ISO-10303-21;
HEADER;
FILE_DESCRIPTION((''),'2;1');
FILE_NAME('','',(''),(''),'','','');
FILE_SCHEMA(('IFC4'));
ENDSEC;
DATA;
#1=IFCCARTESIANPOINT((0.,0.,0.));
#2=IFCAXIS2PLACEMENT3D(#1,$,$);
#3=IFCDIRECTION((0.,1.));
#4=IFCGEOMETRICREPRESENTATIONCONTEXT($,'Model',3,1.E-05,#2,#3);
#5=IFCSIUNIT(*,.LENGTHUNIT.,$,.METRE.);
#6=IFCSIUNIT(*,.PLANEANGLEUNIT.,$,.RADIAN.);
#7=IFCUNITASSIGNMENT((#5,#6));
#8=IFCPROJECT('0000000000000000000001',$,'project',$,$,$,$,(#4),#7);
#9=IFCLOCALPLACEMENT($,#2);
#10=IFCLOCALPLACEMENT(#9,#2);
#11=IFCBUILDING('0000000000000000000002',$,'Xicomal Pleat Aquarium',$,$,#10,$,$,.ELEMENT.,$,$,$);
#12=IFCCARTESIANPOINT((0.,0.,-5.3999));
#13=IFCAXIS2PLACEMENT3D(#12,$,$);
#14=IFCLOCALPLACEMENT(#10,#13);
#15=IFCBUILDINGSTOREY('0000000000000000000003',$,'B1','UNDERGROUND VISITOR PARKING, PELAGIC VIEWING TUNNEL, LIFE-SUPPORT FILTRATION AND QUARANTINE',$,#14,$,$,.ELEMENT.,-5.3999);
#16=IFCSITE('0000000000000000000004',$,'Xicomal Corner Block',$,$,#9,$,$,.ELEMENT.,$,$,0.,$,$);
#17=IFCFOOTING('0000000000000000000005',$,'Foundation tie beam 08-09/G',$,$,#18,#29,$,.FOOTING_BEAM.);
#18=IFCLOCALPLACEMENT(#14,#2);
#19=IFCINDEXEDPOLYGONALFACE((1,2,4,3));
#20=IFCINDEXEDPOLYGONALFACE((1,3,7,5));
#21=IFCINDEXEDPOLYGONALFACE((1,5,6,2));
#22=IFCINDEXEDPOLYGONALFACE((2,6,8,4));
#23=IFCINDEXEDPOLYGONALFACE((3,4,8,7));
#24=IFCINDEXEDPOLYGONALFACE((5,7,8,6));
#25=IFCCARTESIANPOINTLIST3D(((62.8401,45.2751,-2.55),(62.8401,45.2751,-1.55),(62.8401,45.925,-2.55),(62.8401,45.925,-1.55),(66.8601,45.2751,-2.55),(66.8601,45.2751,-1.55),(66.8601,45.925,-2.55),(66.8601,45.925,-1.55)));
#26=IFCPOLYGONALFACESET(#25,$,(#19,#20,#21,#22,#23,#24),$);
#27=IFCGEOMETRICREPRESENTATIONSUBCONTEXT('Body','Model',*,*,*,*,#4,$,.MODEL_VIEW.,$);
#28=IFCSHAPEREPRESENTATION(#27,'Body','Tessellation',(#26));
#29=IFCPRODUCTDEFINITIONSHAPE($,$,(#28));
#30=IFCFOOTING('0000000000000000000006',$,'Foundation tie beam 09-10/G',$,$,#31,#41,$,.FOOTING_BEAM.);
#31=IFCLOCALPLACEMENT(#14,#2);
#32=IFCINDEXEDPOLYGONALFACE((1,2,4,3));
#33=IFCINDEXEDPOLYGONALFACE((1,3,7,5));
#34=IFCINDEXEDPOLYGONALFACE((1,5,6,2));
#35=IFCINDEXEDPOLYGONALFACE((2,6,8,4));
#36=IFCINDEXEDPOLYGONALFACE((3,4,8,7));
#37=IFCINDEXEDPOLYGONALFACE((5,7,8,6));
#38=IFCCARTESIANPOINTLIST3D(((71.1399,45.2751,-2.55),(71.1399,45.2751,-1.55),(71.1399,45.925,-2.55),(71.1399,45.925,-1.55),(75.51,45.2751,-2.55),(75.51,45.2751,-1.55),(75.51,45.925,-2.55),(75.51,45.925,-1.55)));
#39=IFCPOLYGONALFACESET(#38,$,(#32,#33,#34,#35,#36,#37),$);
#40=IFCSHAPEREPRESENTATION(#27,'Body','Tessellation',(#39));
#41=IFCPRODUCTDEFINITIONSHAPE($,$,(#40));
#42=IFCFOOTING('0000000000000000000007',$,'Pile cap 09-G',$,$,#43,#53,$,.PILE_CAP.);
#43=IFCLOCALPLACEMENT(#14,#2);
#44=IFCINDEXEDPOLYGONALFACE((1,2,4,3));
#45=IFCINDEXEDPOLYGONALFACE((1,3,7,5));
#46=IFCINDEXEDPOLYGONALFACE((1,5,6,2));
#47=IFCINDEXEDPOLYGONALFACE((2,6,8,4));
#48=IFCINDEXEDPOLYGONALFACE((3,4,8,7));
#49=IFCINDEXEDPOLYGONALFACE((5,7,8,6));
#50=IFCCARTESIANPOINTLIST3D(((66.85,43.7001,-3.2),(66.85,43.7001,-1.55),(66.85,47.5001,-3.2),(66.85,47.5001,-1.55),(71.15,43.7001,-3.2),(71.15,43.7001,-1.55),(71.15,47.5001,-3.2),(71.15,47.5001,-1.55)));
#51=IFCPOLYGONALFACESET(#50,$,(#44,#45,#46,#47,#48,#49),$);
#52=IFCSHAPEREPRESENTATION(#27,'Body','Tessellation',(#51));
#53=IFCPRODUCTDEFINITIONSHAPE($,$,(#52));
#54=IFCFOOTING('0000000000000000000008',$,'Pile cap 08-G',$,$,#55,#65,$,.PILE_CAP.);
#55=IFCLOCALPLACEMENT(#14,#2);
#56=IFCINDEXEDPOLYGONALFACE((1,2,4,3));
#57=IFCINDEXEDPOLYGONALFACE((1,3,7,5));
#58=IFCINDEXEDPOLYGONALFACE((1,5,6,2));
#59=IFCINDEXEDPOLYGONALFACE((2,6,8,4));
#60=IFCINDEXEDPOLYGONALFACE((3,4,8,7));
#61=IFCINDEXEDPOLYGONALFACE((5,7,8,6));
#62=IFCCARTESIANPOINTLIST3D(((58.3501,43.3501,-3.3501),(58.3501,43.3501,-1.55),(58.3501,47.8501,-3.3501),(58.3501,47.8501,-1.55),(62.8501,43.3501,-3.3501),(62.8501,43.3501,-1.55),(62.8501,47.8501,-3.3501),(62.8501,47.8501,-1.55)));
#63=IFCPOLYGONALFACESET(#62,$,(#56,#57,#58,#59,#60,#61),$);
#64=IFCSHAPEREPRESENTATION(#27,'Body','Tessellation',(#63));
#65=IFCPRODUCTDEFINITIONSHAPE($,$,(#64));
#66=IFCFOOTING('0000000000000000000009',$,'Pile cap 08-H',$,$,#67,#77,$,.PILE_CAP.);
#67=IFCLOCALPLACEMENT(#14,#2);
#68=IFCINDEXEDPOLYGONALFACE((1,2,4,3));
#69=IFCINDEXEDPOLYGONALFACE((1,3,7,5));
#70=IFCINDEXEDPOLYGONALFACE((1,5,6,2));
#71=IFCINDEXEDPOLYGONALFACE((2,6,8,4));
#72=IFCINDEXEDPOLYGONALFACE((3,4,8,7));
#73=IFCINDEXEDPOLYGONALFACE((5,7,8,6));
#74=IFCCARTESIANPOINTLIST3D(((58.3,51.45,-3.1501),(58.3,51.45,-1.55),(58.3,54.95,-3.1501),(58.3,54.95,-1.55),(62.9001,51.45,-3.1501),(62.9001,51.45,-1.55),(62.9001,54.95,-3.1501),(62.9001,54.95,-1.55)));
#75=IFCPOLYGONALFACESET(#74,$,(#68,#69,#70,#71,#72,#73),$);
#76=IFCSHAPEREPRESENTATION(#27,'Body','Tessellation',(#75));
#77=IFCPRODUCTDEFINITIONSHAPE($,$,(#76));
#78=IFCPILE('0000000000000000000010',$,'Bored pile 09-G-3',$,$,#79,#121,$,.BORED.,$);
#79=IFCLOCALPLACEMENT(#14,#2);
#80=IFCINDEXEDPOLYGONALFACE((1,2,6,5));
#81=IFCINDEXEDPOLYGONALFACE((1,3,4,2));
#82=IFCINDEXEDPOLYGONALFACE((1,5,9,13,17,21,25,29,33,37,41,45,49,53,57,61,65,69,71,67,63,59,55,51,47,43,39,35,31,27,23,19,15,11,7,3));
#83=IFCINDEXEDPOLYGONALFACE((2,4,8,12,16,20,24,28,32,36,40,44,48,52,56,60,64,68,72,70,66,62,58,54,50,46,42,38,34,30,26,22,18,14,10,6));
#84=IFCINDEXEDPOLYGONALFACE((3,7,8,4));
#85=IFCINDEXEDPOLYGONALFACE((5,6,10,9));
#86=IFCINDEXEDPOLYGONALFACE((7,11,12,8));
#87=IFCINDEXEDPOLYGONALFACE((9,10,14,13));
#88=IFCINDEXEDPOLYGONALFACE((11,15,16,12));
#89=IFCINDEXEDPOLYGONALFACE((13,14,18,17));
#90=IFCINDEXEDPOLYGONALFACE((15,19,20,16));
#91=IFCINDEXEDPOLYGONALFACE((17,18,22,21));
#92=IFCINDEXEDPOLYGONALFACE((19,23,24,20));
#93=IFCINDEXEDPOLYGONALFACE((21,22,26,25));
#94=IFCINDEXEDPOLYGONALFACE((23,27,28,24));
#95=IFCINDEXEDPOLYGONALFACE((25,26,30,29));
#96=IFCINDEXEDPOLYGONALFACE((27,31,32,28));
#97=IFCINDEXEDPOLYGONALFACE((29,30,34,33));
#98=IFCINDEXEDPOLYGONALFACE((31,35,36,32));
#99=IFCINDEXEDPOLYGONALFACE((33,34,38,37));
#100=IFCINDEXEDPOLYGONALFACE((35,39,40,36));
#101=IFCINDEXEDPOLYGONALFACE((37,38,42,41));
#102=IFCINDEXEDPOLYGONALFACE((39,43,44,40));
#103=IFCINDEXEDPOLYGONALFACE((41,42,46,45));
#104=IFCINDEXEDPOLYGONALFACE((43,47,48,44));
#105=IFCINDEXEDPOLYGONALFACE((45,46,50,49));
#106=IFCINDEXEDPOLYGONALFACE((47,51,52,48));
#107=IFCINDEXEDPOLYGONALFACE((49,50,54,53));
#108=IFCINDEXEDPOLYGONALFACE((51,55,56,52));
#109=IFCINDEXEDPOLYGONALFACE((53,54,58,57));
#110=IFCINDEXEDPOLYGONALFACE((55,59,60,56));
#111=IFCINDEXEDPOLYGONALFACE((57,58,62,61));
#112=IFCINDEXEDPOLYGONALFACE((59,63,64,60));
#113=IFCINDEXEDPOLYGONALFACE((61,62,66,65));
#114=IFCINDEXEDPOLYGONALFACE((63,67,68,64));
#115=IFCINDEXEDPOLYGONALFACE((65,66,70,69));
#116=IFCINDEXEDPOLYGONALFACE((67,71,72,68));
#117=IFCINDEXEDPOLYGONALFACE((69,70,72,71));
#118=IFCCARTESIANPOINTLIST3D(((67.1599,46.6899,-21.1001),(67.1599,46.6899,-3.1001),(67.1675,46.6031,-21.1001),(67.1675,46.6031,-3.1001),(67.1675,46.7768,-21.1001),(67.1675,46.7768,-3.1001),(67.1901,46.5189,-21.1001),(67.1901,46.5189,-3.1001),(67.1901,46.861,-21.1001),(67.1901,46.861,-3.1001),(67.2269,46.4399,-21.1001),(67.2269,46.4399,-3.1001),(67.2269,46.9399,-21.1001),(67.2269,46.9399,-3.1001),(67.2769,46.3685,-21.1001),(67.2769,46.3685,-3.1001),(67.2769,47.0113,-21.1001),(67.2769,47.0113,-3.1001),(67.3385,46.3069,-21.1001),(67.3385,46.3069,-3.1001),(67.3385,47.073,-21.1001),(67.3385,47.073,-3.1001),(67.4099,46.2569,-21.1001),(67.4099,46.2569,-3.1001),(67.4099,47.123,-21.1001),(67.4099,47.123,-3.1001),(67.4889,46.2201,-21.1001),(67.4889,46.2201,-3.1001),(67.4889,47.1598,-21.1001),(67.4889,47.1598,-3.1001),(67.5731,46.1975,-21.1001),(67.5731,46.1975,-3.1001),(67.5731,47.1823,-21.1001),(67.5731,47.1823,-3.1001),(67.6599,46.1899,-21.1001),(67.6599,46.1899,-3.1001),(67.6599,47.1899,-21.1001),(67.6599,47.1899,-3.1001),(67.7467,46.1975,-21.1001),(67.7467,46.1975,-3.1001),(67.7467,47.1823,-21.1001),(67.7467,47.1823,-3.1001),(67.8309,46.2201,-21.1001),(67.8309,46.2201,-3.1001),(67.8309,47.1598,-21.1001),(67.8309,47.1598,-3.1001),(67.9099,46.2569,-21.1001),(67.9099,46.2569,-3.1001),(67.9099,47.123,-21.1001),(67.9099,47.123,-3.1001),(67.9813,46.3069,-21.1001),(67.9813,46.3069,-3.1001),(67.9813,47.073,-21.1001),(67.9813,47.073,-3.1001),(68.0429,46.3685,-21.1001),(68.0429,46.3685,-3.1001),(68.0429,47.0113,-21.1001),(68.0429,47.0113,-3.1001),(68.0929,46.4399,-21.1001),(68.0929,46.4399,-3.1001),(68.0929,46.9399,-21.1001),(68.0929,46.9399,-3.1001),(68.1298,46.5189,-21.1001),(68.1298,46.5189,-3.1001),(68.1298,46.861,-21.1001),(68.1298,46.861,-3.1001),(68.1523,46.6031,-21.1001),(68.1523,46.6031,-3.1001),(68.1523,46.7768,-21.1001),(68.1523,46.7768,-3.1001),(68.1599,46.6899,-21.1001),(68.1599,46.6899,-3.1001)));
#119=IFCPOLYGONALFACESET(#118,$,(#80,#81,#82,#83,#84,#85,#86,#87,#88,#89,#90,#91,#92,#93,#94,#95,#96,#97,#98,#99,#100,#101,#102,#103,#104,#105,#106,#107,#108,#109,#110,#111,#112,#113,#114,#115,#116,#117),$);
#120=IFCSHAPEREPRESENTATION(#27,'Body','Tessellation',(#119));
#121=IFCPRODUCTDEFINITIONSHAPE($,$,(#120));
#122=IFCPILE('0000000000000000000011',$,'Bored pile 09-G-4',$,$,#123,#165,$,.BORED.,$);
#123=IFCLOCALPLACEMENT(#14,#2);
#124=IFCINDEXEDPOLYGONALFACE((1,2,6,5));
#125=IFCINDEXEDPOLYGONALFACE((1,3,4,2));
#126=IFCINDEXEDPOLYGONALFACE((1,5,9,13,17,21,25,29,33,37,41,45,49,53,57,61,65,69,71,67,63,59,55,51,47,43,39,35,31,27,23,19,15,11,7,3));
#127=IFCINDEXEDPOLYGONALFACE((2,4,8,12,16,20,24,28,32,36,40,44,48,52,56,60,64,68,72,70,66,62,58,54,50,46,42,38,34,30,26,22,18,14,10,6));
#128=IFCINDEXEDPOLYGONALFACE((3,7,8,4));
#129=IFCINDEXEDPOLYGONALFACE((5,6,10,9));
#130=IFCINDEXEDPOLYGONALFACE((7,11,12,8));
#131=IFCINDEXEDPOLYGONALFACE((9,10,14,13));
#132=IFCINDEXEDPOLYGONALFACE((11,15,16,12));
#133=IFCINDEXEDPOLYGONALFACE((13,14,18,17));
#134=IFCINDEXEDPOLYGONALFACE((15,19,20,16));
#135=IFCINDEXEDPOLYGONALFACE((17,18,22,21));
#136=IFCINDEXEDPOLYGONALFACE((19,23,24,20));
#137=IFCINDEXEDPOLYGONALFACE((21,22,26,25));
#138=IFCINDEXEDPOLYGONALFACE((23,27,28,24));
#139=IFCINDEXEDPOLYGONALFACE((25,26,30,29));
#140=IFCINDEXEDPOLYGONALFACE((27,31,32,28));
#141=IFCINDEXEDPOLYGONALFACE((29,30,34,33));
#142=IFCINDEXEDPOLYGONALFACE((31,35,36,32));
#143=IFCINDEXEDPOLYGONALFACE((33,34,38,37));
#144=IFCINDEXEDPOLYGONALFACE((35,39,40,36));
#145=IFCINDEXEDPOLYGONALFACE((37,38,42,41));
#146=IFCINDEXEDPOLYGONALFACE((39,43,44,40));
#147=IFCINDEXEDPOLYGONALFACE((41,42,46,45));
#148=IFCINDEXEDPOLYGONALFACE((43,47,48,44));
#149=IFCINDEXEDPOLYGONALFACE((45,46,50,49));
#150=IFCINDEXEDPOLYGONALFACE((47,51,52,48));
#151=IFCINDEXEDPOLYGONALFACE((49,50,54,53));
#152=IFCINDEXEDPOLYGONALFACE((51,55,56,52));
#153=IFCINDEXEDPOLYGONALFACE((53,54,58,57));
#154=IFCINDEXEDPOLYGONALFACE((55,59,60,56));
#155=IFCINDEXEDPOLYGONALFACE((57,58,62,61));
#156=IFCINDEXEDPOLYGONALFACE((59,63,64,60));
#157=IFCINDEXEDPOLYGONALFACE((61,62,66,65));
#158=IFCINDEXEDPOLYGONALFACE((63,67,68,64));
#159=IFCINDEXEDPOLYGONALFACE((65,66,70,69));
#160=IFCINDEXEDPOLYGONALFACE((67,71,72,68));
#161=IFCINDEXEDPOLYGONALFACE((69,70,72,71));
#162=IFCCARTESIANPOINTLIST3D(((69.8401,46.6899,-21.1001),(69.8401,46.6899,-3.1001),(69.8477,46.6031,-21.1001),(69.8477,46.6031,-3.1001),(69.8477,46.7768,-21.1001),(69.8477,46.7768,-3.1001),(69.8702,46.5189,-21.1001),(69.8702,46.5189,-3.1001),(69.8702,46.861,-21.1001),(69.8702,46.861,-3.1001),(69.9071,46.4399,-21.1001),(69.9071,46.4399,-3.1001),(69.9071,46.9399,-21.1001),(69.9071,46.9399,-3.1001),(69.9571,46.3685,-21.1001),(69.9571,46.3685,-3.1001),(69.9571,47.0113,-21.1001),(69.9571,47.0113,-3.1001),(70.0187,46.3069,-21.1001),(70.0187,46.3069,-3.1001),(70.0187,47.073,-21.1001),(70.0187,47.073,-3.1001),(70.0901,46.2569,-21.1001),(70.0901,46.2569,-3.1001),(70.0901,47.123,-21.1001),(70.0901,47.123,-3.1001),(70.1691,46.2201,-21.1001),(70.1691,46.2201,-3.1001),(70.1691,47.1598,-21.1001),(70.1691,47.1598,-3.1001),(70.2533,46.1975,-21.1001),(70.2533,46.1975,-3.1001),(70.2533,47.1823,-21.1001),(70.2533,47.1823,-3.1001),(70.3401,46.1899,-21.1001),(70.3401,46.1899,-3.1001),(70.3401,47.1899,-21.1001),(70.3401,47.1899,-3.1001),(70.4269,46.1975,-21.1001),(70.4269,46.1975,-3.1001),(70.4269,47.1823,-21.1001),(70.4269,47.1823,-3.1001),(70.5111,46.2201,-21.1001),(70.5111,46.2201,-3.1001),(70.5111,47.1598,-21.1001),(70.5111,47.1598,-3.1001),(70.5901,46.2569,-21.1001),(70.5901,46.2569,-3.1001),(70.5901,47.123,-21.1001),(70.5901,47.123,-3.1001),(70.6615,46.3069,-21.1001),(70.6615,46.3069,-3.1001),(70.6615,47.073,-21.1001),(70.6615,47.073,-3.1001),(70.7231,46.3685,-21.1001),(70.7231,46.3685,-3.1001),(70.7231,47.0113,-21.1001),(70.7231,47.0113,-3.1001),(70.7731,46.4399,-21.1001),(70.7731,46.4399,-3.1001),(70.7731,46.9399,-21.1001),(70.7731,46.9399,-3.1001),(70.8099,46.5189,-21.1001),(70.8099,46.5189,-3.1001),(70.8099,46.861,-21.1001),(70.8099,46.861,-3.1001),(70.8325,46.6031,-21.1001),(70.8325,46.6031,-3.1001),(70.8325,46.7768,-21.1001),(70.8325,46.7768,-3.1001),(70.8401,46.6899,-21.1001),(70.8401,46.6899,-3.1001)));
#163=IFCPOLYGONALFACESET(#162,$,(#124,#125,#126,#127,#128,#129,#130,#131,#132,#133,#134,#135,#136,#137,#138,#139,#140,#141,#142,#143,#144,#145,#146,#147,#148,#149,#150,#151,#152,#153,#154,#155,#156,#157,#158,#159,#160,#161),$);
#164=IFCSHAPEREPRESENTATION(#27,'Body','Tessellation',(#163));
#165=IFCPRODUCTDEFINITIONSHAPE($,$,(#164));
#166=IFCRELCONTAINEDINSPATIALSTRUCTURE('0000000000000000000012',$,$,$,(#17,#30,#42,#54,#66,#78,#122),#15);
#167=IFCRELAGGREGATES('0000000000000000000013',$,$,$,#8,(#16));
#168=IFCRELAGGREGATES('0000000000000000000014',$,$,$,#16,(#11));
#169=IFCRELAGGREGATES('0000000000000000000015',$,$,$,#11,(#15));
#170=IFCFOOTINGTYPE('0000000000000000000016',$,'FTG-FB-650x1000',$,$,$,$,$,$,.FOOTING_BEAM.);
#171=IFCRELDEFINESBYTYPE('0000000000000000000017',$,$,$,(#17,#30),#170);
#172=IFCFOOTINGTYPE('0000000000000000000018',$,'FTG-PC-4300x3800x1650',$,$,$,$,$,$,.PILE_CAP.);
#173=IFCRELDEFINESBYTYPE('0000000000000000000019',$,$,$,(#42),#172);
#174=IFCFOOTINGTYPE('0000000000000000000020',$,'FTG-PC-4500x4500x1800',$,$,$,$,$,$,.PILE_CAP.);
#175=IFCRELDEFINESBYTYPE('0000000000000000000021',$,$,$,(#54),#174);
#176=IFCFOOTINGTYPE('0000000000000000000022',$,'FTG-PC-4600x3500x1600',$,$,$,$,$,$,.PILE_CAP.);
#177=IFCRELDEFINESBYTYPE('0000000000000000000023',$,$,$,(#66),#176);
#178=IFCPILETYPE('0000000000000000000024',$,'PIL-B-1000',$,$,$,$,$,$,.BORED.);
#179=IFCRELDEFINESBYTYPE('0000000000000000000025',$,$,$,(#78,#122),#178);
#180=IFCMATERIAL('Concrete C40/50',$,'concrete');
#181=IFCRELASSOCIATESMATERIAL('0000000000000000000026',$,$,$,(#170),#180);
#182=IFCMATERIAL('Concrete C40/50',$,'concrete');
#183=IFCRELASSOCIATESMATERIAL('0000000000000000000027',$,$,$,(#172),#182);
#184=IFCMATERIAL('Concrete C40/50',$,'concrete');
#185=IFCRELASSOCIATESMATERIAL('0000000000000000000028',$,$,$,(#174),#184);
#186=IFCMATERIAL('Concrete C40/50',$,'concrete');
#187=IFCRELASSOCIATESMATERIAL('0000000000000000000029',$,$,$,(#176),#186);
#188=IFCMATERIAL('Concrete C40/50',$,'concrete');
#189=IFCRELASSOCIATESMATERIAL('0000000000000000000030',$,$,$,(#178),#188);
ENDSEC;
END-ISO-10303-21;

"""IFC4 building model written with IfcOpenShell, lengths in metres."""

from ifc_helpers import new_model, si_unit, direction, frame, origin, origin_2d, place, context, subcontext, project, spatial, rectangle, circle, extrude, material, material_profile, profile_set, type_object, element, save


model = new_model("IFC4")

# Units and contexts
model_context = context("Model", 3, precision=1e-05, world=origin(), true_north=direction((0.0, 1.0)))
body_context = subcontext(model_context, "Body", "Model", "MODEL_VIEW")
ifc_project = project(units=[si_unit("LENGTHUNIT", "METRE"), si_unit("PLANEANGLEUNIT", "RADIAN")], contexts=[model_context])

# Site, building, storey
site_placement = place(None, origin())
site = spatial("IfcSite", under=ifc_project, at=site_placement, Name="Xicomal Corner Block", CompositionType="ELEMENT", RefElevation=0.0)
building_placement = place(site_placement, origin())
building = spatial("IfcBuilding", under=site, at=building_placement, Name="Xicomal Pleat Aquarium", CompositionType="ELEMENT")
storey_placement = place(building_placement, frame((0.0, 0.0, -5.3999)))
storey = spatial("IfcBuildingStorey", under=building, at=storey_placement, Name="B1", Description="UNDERGROUND VISITOR PARKING, PELAGIC VIEWING TUNNEL, LIFE-SUPPORT FILTRATION AND QUARANTINE", CompositionType="ELEMENT", Elevation=-5.3999)

# Footings
ifc_material_1 = material(Name="Concrete C40/50", Category="concrete")
ifc_material_profile_1 = material_profile(ifc_material_1, rectangle(XDim=0.6499, YDim=1.0, at=origin_2d()), Name="FB-03 650x1000")
ifc_profile_set_1 = profile_set([ifc_material_profile_1], Name="Concrete C40/50")
footing_type_1 = type_object("IfcFootingType", Name="FTG-FB-650x1000", PredefinedType="FOOTING_BEAM", material=ifc_profile_set_1)
footing_1_placement = place(storey_placement, frame((62.8401, 45.6001, -2.05), z_axis=(1.0, 0.0, 0.0), x_axis=(0.0, 1.0, 0.0)))
element("IfcFooting", 1, at=footing_1_placement, inside=storey, type_object=footing_type_1, Name="Foundation tie beam 08-09/G", PredefinedType="FOOTING_BEAM", context=body_context, shape_type="SweptSolid", body=[
    extrude(rectangle(XDim=0.6499, YDim=1.0, at=origin_2d()), origin(), (0.0, 0.0, 1.0), 4.02),
])
footing_2_placement = place(storey_placement, frame((71.1399, 45.6001, -2.05), z_axis=(1.0, 0.0, 0.0), x_axis=(0.0, 1.0, 0.0)))
element("IfcFooting", 2, at=footing_2_placement, inside=storey, type_object=footing_type_1, Name="Foundation tie beam 09-10/G", PredefinedType="FOOTING_BEAM", context=body_context, shape_type="SweptSolid", body=[
    extrude(rectangle(XDim=0.6499, YDim=1.0, at=origin_2d()), origin(), (0.0, 0.0, 1.0), 4.3701),
])
ifc_material_2 = material(Name="Concrete C40/50", Category="concrete")
footing_type_2 = type_object("IfcFootingType", Name="FTG-PC-4300x3800x1650", PredefinedType="PILE_CAP", material=ifc_material_2)
footing_3_placement = place(storey_placement, frame((69.0, 45.6001, -3.2), z_axis=(0.0, 0.0, 1.0), x_axis=(1.0, 0.0, 0.0)))
element("IfcFooting", 3, at=footing_3_placement, inside=storey, type_object=footing_type_2, Name="Pile cap 09-G", PredefinedType="PILE_CAP", context=body_context, shape_type="SweptSolid", body=[
    extrude(rectangle(XDim=4.3, YDim=3.8, at=origin_2d()), origin(), (0.0, 0.0, 1.0), 1.6499),
])
ifc_material_3 = material(Name="Concrete C40/50", Category="concrete")
footing_type_3 = type_object("IfcFootingType", Name="FTG-PC-4500x4500x1800", PredefinedType="PILE_CAP", material=ifc_material_3)
footing_4_placement = place(storey_placement, frame((60.6001, 45.6001, -3.3501), z_axis=(0.0, 0.0, 1.0), x_axis=(1.0, 0.0, 0.0)))
element("IfcFooting", 4, at=footing_4_placement, inside=storey, type_object=footing_type_3, Name="Pile cap 08-G", PredefinedType="PILE_CAP", context=body_context, shape_type="SweptSolid", body=[
    extrude(rectangle(XDim=4.5, YDim=4.5, at=origin_2d()), origin(), (0.0, 0.0, 1.0), 1.8),
])
ifc_material_4 = material(Name="Concrete C40/50", Category="concrete")
footing_type_4 = type_object("IfcFootingType", Name="FTG-PC-4600x3500x1600", PredefinedType="PILE_CAP", material=ifc_material_4)
footing_5_placement = place(storey_placement, frame((60.6001, 53.2, -3.1501), z_axis=(0.0, 0.0, 1.0), x_axis=(1.0, 0.0, 0.0)))
element("IfcFooting", 5, at=footing_5_placement, inside=storey, type_object=footing_type_4, Name="Pile cap 08-H", PredefinedType="PILE_CAP", context=body_context, shape_type="SweptSolid", body=[
    extrude(rectangle(XDim=4.6001, YDim=3.5, at=origin_2d()), origin(), (0.0, 0.0, 1.0), 1.6001),
])

# Piles
ifc_material_5 = material(Name="Concrete C40/50", Category="concrete")
ifc_material_profile_2 = material_profile(ifc_material_5, circle(Radius=0.5, at=origin_2d()), Name="BORED PILE D1000")
ifc_profile_set_2 = profile_set([ifc_material_profile_2], Name="Concrete C40/50")
pile_type_1 = type_object("IfcPileType", Name="PIL-B-1000", PredefinedType="BORED", material=ifc_profile_set_2)
for number, where, z_axis, x_axis, name in (
    (6, (67.6599, 46.6899, -3.1001), (0.0, 0.0, -1.0), (1.0, 0.0, 0.0), "Bored pile 09-G-3"),
    (7, (70.3401, 46.6899, -3.1001), (0.0, 0.0, -1.0), (1.0, 0.0, 0.0), "Bored pile 09-G-4"),
):
    element("IfcPile", number, at=place(storey_placement, frame(where, z_axis=z_axis, x_axis=x_axis)), inside=storey, type_object=pile_type_1, Name=name, PredefinedType="BORED", context=body_context, shape_type="SweptSolid", body=[
        extrude(circle(Radius=0.5, at=origin_2d()), origin(), (0.0, 0.0, 1.0), 18.0),
    ])

save(model, "model.ifc")
